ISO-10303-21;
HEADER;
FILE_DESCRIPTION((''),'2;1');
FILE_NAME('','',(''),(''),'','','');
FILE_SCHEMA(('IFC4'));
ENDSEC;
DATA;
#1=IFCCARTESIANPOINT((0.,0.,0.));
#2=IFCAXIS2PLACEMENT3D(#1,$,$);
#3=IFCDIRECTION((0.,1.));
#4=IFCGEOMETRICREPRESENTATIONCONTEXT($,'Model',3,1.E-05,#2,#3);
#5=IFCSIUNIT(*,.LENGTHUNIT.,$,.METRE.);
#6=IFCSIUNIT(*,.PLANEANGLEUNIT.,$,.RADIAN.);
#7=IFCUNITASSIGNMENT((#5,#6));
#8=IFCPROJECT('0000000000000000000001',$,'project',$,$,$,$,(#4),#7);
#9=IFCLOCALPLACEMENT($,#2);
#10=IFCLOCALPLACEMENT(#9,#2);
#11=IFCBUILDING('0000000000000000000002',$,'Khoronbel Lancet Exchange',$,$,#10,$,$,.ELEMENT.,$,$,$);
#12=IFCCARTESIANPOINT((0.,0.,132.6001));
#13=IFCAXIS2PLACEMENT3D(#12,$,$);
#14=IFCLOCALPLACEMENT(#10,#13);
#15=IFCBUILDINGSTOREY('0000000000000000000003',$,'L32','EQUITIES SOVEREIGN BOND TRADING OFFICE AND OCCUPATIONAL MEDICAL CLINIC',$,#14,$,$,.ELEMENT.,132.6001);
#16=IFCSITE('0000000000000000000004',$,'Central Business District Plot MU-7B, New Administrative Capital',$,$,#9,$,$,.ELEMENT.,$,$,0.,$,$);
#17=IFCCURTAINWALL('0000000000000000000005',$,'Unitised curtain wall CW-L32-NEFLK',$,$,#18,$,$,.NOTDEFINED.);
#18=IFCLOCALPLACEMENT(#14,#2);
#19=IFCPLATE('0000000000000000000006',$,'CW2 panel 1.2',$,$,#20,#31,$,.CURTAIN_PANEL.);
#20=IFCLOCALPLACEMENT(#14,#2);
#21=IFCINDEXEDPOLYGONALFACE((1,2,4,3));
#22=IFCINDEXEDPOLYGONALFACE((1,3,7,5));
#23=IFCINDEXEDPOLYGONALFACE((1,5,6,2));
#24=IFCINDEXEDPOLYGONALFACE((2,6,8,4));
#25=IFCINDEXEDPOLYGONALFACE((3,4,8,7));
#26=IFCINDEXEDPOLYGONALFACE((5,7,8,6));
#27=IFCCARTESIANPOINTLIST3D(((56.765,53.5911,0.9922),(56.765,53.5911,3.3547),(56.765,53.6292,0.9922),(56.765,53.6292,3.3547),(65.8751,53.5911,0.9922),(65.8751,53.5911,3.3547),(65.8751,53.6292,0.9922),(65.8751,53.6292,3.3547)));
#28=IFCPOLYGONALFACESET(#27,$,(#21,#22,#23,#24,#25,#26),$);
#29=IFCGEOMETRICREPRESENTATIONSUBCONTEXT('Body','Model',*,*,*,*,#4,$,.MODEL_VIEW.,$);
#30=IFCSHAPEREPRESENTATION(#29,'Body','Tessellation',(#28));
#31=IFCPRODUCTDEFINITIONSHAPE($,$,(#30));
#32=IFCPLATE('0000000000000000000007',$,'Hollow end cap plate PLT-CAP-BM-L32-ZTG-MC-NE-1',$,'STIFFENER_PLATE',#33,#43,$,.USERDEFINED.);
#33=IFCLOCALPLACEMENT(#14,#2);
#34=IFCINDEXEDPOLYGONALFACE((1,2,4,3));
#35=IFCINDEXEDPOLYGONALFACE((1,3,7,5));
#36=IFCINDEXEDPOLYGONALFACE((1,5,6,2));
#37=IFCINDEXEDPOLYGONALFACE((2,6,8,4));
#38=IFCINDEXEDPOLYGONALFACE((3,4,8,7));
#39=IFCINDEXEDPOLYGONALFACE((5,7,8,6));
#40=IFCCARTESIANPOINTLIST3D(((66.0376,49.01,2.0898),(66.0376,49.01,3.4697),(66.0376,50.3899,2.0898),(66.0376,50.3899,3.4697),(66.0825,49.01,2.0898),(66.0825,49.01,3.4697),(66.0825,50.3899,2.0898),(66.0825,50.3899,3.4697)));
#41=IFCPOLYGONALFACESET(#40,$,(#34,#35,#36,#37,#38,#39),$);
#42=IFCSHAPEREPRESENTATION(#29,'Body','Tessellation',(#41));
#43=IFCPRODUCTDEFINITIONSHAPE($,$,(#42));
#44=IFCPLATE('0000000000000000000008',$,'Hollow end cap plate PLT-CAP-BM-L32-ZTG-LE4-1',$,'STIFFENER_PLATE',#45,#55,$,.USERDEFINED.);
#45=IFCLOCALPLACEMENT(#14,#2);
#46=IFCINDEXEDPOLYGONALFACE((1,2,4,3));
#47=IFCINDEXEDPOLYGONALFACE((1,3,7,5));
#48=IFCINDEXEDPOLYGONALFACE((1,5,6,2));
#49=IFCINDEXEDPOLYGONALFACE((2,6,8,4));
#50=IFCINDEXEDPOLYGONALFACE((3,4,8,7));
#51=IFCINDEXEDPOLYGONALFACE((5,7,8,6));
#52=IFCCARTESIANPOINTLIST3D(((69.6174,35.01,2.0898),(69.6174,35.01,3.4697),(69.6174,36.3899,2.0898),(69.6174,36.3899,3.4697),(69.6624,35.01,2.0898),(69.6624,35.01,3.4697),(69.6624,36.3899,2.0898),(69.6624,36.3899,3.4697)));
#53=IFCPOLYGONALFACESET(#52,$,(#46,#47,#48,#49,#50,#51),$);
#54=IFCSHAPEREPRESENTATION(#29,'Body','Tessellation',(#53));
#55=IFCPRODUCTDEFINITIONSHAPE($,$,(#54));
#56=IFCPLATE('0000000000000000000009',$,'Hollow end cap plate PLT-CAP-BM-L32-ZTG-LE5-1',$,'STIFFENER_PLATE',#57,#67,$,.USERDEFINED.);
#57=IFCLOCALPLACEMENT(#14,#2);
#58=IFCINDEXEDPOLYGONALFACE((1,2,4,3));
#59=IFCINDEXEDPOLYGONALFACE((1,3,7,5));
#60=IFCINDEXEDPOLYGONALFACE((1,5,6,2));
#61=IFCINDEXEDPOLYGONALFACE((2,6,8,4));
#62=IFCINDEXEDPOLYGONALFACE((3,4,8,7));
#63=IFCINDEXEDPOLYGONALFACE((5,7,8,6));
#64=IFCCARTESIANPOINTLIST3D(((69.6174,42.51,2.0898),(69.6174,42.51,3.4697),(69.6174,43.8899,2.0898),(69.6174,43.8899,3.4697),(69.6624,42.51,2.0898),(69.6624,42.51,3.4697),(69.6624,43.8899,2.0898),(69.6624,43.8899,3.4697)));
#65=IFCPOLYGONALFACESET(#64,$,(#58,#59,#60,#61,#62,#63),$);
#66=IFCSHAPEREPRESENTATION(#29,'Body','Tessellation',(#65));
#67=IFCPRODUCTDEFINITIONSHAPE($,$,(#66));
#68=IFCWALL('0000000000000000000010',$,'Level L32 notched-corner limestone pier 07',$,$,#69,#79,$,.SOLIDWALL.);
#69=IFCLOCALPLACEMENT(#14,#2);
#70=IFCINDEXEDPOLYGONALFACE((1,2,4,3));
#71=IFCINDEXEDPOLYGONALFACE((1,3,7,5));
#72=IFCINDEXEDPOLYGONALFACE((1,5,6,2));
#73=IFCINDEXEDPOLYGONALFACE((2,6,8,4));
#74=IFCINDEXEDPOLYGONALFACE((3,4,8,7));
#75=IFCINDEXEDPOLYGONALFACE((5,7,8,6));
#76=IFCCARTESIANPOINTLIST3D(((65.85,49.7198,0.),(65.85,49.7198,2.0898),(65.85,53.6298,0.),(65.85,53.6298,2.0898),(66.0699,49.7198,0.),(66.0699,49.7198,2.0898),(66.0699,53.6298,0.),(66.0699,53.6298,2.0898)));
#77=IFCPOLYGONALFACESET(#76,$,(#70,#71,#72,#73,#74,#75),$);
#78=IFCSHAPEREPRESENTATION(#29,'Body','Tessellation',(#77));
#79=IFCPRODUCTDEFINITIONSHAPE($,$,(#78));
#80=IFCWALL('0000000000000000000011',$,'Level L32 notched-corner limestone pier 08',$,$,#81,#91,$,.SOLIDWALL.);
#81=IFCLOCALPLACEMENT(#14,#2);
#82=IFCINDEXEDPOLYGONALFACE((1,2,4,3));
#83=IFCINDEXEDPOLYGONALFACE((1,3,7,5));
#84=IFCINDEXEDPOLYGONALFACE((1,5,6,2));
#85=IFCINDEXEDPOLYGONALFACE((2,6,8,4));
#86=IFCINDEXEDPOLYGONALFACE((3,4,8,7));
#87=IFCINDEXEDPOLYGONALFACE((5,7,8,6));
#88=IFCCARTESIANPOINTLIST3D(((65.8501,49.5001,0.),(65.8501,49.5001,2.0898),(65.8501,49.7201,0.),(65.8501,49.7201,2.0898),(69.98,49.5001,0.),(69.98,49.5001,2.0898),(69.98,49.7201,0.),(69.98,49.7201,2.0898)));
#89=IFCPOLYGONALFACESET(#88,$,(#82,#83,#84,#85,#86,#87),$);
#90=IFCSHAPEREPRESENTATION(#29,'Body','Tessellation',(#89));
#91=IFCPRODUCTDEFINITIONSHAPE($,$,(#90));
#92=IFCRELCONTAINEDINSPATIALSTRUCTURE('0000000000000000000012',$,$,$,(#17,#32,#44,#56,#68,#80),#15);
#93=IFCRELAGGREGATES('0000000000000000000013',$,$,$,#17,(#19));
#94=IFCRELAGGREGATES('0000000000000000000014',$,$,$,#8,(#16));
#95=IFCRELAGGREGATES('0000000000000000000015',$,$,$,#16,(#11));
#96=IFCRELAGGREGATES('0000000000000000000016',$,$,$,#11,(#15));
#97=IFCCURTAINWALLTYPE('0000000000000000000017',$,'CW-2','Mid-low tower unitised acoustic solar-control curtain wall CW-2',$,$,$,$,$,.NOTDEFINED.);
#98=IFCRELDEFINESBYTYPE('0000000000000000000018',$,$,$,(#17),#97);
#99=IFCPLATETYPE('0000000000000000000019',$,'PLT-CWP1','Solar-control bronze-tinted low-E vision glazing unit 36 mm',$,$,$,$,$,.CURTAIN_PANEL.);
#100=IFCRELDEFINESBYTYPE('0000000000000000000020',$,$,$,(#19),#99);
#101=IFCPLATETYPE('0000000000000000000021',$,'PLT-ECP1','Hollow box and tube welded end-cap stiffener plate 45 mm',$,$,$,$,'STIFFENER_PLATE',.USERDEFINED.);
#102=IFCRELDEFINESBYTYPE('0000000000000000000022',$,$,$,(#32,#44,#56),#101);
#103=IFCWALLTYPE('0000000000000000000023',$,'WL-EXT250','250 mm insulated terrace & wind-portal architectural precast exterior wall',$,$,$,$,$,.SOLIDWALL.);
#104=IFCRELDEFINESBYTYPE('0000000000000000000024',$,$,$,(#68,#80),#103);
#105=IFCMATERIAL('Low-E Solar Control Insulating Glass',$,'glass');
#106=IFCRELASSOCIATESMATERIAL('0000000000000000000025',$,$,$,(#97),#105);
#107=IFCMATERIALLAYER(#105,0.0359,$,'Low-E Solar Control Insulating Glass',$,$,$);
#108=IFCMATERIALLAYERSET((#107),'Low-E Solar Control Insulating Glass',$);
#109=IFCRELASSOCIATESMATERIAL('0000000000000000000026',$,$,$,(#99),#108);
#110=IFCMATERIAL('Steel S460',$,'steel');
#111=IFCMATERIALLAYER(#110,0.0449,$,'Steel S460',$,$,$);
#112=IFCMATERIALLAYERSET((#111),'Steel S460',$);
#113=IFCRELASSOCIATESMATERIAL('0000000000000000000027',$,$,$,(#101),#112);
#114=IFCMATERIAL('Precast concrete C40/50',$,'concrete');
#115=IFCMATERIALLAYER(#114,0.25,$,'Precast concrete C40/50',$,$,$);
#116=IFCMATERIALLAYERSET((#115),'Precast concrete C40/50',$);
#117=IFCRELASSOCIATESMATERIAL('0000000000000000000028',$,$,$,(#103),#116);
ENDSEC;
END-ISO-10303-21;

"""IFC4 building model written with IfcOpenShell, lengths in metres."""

from ifc_helpers import new_model, si_unit, direction, frame, frame_2d, origin, origin_2d, place, context, subcontext, project, spatial, rectangle, extrude, material, layer, layer_set, type_object, element, aggregate, save


model = new_model("IFC4")

# Units and contexts
model_context = context("Model", 3, precision=1e-05, world=origin(), true_north=direction((0.0, 1.0)))
body_context = subcontext(model_context, "Body", "Model", "MODEL_VIEW")
ifc_project = project(units=[si_unit("LENGTHUNIT", "METRE"), si_unit("PLANEANGLEUNIT", "RADIAN")], contexts=[model_context])

# Site, building, storey
site_placement = place(None, origin())
site = spatial("IfcSite", under=ifc_project, at=site_placement, Name="Central Business District Plot MU-7B, New Administrative Capital", CompositionType="ELEMENT", RefElevation=0.0)
building_placement = place(site_placement, origin())
building = spatial("IfcBuilding", under=site, at=building_placement, Name="Khoronbel Lancet Exchange", CompositionType="ELEMENT")
storey_placement = place(building_placement, frame((0.0, 0.0, 132.6001)))
storey = spatial("IfcBuildingStorey", under=building, at=storey_placement, Name="L32", Description="EQUITIES SOVEREIGN BOND TRADING OFFICE AND OCCUPATIONAL MEDICAL CLINIC", CompositionType="ELEMENT", Elevation=132.6001)

# Shared definitions
ifc_material_1 = material(Name="Steel S460", Category="steel")

# Curtain wall
ifc_material_2 = material(Name="Low-E Solar Control Insulating Glass", Category="glass")
curtain_wall_type_1 = type_object("IfcCurtainWallType", Name="CW-2", Description="Mid-low tower unitised acoustic solar-control curtain wall CW-2", PredefinedType="NOTDEFINED", material=ifc_material_2)
curtain_wall_1_placement = place(storey_placement, origin())
curtain_wall_1 = element("IfcCurtainWall", 1, at=curtain_wall_1_placement, inside=storey, type_object=curtain_wall_type_1, Name="Unitised curtain wall CW-L32-NEFLK", PredefinedType="NOTDEFINED")

# Plate
ifc_layer_1 = layer(ifc_material_2, 0.0359, Name="Low-E Solar Control Insulating Glass")
ifc_layer_set_1 = layer_set([ifc_layer_1], Name="Low-E Solar Control Insulating Glass")
plate_type_1 = type_object("IfcPlateType", Name="PLT-CWP1", Description="Solar-control bronze-tinted low-E vision glazing unit 36 mm", PredefinedType="CURTAIN_PANEL", material=ifc_layer_set_1)
plate_1_placement = place(storey_placement, frame((61.3201, 53.6101, 0.9922), z_axis=(0.0, 0.0, 1.0), x_axis=(-1.0, 0.0, 0.0)))
plate_1 = element("IfcPlate", 2, at=plate_1_placement, type_object=plate_type_1, Name="CW2 panel 1.2", PredefinedType="CURTAIN_PANEL", context=body_context, shape_type="SweptSolid", body=[
    extrude(rectangle(XDim=9.1101, YDim=0.0381, at=origin_2d()), origin(), (0.0, 0.0, 1.0), 2.3625),
])
aggregate(curtain_wall_1, [plate_1])

# Plates
ifc_layer_2 = layer(ifc_material_1, 0.0449, Name="Steel S460")
ifc_layer_set_2 = layer_set([ifc_layer_2], Name="Steel S460")
plate_type_2 = type_object("IfcPlateType", Name="PLT-ECP1", Description="Hollow box and tube welded end-cap stiffener plate 45 mm", ElementType="STIFFENER_PLATE", PredefinedType="USERDEFINED", material=ifc_layer_set_2)
for number, where, z_axis, x_axis, name in (
    (3, (66.0601, 49.7, 2.0898), (0.0, 0.0, 1.0), (1.0, 0.0, 0.0), "Hollow end cap plate PLT-CAP-BM-L32-ZTG-MC-NE-1"),
    (4, (69.6399, 35.7, 2.0898), (0.0, 0.0, 1.0), (1.0, 0.0, 0.0), "Hollow end cap plate PLT-CAP-BM-L32-ZTG-LE4-1"),
    (5, (69.6399, 43.2, 2.0898), (0.0, 0.0, 1.0), (1.0, 0.0, 0.0), "Hollow end cap plate PLT-CAP-BM-L32-ZTG-LE5-1"),
):
    element("IfcPlate", number, at=place(storey_placement, frame(where, z_axis=z_axis, x_axis=x_axis)), inside=storey, type_object=plate_type_2, Name=name, ObjectType="STIFFENER_PLATE", PredefinedType="USERDEFINED", context=body_context, shape_type="SweptSolid", body=[
        extrude(rectangle(XDim=0.0449, YDim=1.3799, at=origin_2d()), origin(), (0.0, 0.0, 1.0), 1.3799),
    ])

# Walls
ifc_material_3 = material(Name="Precast concrete C40/50", Category="concrete")
ifc_layer_3 = layer(ifc_material_3, 0.25, Name="Precast concrete C40/50")
ifc_layer_set_3 = layer_set([ifc_layer_3], Name="Precast concrete C40/50")
wall_type = type_object("IfcWallType", Name="WL-EXT250", Description="250 mm insulated terrace & wind-portal architectural precast exterior wall", PredefinedType="SOLIDWALL", material=ifc_layer_set_3)
wall_1_placement = place(storey_placement, frame((65.96, 53.6299, 0.0), z_axis=(0.0, 0.0, 1.0), x_axis=(0.0, -1.0, 0.0)))
element("IfcWall", 6, at=wall_1_placement, inside=storey, type_object=wall_type, Name="Level L32 notched-corner limestone pier 07", PredefinedType="SOLIDWALL", context=body_context, shape_type="SweptSolid", body=[
    extrude(rectangle(XDim=3.9099, YDim=0.22, at=frame_2d((1.9551, 0.0))), origin(), (0.0, 0.0, 1.0), 2.0898),
])
wall_2_placement = place(storey_placement, frame((65.8501, 49.6101, 0.0), z_axis=(0.0, 0.0, 1.0), x_axis=(1.0, 0.0, 0.0)))
element("IfcWall", 7, at=wall_2_placement, inside=storey, type_object=wall_type, Name="Level L32 notched-corner limestone pier 08", PredefinedType="SOLIDWALL", context=body_context, shape_type="SweptSolid", body=[
    extrude(rectangle(XDim=4.1299, YDim=0.22, at=frame_2d((2.0649, 0.0))), origin(), (0.0, 0.0, 1.0), 2.0898),
])

save(model, "model.ifc")
